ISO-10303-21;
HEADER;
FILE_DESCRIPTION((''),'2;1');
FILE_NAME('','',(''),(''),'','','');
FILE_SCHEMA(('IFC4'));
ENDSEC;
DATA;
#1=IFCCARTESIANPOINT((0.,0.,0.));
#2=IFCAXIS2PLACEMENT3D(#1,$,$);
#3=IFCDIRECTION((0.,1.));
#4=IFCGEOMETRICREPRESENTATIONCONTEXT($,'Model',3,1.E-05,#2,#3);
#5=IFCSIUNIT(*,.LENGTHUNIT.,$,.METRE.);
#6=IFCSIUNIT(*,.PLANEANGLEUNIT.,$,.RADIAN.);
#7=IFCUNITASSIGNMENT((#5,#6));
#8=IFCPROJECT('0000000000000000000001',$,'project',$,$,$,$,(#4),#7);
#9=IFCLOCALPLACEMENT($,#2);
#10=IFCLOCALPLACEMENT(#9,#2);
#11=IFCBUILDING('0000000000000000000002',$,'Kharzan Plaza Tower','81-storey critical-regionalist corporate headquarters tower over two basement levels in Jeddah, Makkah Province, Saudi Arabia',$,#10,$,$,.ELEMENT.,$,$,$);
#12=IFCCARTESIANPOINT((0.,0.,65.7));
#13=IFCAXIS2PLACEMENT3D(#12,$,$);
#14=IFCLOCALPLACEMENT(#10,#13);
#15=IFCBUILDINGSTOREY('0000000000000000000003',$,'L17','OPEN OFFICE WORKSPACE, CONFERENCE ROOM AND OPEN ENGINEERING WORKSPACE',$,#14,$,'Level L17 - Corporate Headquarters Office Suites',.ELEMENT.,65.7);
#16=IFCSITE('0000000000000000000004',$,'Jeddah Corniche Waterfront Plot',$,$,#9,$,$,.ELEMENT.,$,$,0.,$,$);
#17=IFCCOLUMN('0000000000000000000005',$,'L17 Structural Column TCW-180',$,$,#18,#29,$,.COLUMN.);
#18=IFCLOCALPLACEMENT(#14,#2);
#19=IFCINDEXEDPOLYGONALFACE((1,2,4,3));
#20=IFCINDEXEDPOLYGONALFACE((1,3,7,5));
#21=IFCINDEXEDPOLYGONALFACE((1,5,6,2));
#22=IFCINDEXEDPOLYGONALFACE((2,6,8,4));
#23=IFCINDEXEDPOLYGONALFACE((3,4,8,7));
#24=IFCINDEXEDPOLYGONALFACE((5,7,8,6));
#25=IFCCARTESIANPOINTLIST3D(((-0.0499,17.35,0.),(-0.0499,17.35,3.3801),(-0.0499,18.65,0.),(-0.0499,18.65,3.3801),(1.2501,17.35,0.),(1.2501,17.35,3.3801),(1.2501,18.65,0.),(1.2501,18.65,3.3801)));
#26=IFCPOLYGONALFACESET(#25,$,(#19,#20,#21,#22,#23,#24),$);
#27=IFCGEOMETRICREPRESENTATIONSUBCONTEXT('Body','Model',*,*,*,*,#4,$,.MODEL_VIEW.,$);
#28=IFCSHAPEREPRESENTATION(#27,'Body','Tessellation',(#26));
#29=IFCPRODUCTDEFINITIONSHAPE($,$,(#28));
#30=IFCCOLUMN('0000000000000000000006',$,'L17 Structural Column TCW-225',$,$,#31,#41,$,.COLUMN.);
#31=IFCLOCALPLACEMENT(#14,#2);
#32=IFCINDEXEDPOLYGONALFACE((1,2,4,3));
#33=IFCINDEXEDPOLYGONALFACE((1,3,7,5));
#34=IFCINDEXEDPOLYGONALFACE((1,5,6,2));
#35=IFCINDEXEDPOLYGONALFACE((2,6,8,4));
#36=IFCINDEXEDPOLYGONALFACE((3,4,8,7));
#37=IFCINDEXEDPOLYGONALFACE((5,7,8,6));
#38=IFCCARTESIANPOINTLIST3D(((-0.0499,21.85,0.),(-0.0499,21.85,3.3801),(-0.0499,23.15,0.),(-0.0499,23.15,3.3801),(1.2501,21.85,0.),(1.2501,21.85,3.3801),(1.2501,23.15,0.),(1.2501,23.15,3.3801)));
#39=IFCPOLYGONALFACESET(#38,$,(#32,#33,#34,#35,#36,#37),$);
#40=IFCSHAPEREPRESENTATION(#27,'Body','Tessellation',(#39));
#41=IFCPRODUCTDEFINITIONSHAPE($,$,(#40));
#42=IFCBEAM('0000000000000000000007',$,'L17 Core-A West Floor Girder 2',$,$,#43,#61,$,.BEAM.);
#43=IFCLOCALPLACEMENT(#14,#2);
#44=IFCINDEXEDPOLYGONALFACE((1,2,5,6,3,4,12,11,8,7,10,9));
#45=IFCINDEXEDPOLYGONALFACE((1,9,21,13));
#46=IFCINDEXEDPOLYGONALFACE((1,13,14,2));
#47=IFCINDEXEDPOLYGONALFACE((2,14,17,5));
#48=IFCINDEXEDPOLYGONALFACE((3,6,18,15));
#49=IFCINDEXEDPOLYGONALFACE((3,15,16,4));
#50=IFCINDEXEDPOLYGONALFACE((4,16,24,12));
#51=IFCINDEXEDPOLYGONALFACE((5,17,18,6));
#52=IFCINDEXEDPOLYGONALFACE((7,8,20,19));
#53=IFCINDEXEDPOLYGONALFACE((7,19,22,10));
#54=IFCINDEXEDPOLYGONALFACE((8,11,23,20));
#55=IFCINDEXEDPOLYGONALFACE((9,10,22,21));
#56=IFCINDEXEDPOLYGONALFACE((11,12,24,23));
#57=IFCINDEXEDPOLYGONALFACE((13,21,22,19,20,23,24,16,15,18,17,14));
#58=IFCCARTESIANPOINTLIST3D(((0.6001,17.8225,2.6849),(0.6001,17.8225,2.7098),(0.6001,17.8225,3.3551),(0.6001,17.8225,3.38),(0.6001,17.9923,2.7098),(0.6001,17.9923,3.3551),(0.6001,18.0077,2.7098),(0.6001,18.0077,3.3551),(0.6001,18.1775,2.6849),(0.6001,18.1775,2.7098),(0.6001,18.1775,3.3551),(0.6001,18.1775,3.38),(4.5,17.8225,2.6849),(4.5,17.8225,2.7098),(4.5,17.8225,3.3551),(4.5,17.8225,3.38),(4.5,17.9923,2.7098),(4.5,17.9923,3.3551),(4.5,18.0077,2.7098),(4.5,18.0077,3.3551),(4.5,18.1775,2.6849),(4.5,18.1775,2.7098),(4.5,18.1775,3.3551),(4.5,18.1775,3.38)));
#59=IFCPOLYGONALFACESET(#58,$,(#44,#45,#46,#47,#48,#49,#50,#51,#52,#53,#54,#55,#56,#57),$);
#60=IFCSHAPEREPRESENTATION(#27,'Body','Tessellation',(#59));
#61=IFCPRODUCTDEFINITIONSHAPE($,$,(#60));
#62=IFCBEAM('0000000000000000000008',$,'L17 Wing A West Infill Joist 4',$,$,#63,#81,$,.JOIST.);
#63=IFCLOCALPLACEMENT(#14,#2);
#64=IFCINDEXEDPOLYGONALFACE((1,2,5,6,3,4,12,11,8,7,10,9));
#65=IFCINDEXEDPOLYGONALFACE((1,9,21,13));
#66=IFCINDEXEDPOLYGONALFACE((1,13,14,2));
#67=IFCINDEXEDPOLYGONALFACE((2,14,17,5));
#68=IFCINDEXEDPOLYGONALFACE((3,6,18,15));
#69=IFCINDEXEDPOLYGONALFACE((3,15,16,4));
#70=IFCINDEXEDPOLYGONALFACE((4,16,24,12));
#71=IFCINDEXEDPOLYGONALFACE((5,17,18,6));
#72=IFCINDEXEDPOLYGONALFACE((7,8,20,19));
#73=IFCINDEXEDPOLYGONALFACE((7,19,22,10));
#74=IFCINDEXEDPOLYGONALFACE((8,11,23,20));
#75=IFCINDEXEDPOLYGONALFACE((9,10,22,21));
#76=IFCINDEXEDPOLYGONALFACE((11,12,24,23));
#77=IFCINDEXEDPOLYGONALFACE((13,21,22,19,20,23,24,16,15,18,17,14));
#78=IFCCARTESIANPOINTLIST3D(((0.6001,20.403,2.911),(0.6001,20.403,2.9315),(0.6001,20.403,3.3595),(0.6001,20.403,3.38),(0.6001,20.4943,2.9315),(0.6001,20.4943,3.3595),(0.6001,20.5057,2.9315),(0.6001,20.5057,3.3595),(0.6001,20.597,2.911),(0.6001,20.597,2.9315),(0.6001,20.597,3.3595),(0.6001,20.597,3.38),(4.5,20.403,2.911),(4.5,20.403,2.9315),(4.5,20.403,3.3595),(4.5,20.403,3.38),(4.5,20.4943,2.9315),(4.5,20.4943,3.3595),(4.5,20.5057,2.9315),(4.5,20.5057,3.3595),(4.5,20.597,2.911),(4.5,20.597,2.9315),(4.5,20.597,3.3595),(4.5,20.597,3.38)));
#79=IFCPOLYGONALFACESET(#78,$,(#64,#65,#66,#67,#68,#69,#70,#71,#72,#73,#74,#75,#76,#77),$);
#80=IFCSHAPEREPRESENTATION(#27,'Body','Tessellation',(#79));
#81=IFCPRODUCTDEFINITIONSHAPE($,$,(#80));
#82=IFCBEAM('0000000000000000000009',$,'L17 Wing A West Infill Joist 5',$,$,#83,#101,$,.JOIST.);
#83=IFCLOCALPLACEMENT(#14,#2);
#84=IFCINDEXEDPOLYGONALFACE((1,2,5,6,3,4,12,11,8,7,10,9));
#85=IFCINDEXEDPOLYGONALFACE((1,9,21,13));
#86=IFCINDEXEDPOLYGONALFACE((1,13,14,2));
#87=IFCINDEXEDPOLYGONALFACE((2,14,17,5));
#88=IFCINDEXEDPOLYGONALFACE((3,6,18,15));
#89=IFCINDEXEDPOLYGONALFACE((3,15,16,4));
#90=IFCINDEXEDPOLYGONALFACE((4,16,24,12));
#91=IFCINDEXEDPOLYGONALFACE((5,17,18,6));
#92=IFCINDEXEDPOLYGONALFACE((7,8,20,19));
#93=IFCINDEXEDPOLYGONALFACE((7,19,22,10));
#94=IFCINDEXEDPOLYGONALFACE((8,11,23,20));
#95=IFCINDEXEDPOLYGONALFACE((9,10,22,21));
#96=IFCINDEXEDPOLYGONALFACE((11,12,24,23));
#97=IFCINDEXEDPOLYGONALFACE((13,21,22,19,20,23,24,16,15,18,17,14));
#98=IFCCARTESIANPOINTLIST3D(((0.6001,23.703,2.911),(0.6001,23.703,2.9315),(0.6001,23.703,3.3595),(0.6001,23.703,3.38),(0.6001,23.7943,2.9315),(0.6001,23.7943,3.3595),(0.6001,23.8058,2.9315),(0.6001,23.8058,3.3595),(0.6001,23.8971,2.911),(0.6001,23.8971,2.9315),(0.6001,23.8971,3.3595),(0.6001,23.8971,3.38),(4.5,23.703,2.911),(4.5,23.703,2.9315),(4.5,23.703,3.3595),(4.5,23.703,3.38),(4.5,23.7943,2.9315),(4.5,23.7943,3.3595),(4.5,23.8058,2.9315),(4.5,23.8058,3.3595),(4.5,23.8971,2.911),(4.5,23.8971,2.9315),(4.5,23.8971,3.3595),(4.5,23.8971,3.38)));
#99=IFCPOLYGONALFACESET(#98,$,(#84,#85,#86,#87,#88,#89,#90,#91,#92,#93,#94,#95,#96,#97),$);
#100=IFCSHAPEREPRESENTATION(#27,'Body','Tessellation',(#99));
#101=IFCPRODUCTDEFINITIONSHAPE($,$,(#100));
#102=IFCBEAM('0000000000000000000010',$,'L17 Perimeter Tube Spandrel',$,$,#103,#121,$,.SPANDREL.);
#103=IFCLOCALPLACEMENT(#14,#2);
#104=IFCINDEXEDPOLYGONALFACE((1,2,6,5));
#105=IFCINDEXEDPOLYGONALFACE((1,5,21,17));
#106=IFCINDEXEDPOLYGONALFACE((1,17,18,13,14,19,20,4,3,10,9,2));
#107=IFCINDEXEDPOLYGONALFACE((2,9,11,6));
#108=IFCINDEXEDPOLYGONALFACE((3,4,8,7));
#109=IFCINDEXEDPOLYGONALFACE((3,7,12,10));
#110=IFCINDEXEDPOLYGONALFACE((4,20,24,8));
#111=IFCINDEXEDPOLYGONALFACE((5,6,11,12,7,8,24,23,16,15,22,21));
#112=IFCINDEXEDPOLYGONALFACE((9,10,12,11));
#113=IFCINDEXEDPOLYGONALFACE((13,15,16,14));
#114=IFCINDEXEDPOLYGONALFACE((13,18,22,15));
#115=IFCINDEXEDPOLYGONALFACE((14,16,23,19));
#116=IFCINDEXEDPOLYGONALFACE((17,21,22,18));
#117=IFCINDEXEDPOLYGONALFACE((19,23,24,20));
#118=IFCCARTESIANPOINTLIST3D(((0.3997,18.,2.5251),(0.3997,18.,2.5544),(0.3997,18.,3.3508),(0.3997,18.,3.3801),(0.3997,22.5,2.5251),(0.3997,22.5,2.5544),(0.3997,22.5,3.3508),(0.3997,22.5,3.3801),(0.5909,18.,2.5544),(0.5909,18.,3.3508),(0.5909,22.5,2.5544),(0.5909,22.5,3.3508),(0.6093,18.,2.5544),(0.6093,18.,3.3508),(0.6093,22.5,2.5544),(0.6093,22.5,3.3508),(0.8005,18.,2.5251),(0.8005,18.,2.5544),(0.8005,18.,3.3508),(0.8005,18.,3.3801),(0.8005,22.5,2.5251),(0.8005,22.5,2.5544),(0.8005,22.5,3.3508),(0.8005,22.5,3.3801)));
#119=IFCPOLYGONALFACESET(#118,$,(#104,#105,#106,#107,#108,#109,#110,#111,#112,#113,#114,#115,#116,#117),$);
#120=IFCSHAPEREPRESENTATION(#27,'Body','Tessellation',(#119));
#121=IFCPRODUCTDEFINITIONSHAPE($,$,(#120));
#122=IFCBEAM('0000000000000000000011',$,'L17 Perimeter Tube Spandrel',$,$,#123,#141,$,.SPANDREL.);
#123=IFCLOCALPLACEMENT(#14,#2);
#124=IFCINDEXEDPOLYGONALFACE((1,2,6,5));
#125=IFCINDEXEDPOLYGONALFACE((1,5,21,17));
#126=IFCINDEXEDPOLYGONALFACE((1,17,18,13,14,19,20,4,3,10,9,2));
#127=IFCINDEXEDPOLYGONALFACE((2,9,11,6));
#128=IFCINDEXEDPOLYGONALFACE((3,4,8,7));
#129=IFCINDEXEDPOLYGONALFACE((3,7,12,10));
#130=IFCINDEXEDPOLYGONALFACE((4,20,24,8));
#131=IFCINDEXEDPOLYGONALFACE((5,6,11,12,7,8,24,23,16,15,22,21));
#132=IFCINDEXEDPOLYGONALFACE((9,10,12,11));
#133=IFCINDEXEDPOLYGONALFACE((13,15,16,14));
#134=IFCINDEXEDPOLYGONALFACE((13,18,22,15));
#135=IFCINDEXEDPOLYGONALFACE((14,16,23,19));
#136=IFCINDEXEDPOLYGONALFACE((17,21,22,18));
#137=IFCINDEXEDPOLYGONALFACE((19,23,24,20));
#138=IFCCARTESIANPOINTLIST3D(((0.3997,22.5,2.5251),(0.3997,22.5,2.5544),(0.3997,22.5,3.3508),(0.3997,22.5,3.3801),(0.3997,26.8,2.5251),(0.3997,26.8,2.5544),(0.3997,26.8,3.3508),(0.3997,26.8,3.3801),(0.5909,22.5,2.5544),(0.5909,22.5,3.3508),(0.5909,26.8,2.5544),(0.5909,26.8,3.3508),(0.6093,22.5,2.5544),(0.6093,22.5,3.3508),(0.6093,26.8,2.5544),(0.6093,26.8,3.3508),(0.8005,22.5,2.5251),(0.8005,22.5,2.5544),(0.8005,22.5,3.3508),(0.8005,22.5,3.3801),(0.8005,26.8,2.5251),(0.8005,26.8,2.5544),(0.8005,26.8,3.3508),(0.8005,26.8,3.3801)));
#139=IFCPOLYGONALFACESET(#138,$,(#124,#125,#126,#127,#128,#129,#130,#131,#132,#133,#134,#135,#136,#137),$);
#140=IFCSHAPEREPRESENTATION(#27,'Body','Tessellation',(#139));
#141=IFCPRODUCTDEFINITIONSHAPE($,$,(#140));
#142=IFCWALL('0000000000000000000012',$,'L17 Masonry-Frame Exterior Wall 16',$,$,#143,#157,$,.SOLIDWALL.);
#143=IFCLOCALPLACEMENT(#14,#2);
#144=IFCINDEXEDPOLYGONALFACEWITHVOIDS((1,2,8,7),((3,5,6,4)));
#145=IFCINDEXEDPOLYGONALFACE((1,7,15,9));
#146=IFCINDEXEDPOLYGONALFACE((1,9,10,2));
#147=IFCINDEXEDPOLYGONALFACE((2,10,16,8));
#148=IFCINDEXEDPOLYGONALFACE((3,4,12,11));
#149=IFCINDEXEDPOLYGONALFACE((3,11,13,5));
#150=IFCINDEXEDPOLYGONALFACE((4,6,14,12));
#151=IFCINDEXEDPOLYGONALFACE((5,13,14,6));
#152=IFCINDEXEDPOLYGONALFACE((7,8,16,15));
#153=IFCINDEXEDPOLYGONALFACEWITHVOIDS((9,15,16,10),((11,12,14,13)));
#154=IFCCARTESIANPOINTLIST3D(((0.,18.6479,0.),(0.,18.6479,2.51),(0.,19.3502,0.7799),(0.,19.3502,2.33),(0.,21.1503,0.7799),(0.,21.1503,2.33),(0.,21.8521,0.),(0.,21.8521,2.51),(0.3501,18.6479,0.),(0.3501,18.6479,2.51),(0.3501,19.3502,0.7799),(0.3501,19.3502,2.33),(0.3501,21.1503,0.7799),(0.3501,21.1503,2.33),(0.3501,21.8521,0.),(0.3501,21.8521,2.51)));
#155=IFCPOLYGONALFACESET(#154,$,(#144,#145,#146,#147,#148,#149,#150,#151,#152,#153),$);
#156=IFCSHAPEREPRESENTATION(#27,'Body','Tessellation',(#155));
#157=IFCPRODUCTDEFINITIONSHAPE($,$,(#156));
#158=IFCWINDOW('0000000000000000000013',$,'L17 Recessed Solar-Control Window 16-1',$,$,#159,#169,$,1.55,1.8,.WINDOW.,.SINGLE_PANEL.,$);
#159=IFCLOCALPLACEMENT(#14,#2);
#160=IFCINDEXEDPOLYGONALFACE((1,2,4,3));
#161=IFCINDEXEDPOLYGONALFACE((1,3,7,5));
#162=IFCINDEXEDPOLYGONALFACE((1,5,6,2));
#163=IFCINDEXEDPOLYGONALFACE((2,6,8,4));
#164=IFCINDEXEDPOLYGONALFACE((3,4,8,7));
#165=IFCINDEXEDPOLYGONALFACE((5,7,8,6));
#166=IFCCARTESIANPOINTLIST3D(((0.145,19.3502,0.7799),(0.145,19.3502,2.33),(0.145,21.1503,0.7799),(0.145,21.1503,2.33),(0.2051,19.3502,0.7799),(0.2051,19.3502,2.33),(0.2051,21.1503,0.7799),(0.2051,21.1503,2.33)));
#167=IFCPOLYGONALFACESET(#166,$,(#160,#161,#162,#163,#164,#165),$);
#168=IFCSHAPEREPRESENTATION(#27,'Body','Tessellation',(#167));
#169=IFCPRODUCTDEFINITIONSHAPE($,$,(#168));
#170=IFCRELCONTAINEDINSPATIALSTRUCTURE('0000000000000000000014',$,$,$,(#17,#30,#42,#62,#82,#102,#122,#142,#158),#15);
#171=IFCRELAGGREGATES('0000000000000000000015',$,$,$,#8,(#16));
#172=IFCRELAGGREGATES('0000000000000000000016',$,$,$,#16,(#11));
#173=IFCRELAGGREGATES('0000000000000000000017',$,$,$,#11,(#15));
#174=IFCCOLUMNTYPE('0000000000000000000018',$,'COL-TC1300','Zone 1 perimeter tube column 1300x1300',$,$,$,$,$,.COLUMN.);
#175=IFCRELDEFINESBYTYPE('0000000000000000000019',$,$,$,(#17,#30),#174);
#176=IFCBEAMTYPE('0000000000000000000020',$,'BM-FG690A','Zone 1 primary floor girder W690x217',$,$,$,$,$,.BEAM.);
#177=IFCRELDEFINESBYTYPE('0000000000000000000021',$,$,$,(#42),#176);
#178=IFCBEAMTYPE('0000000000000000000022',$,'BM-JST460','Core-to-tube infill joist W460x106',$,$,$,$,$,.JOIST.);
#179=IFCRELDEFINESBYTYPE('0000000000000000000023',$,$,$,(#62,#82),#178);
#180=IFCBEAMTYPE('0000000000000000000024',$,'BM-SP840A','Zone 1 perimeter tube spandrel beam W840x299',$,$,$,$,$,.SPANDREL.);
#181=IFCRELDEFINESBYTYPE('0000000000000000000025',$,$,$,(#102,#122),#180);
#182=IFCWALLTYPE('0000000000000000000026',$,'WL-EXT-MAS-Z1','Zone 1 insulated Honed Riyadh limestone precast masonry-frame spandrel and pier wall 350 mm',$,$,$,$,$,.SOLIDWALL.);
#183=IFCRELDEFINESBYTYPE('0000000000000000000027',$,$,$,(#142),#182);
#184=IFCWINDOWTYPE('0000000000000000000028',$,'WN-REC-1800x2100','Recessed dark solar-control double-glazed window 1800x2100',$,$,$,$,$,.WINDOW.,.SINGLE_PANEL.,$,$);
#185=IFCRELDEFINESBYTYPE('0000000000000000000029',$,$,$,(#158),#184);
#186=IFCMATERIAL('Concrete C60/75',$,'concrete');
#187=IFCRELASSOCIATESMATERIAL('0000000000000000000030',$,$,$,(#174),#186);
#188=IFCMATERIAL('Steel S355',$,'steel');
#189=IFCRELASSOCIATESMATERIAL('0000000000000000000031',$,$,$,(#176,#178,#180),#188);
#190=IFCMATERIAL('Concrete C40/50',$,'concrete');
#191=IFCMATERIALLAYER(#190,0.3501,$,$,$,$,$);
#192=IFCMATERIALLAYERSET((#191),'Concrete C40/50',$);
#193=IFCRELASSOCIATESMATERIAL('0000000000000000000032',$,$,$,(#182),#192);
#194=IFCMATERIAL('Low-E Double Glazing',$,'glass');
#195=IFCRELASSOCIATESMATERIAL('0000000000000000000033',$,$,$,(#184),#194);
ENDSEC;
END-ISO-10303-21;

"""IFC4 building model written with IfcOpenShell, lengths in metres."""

from ifc_helpers import new_model, si_unit, direction, frame, frame_2d, origin, origin_2d, place, context, subcontext, project, spatial, rectangle, i_section, extrude, source, transform, mapped, material, layer, layer_set, material_profile, profile_set, type_object, element, fill, save


model = new_model("IFC4")

# Units and contexts
model_context = context("Model", 3, precision=1e-05, world=origin(), true_north=direction((0.0, 1.0)))
body_context = subcontext(model_context, "Body", "Model", "MODEL_VIEW")
ifc_project = project(units=[si_unit("LENGTHUNIT", "METRE"), si_unit("PLANEANGLEUNIT", "RADIAN")], contexts=[model_context])

# Site, building, storey
site_placement = place(None, origin())
site = spatial("IfcSite", under=ifc_project, at=site_placement, Name="Jeddah Corniche Waterfront Plot", CompositionType="ELEMENT", RefElevation=0.0)
building_placement = place(site_placement, origin())
building = spatial("IfcBuilding", under=site, at=building_placement, Name="Kharzan Plaza Tower", Description="81-storey critical-regionalist corporate headquarters tower over two basement levels in Jeddah, Makkah Province, Saudi Arabia", CompositionType="ELEMENT")
storey_placement = place(building_placement, frame((0.0, 0.0, 65.7)))
storey = spatial("IfcBuildingStorey", under=building, at=storey_placement, Name="L17", Description="OPEN OFFICE WORKSPACE, CONFERENCE ROOM AND OPEN ENGINEERING WORKSPACE", LongName="Level L17 - Corporate Headquarters Office Suites", CompositionType="ELEMENT", Elevation=65.7)

# Columns
ifc_material_1 = material(Name="Concrete C60/75", Category="concrete")
ifc_material_profile_1 = material_profile(ifc_material_1, rectangle(XDim=1.3, YDim=1.3, at=origin_2d()), Name="RC-TC1300x1300")
ifc_profile_set_1 = profile_set([ifc_material_profile_1], Name="Concrete C60/75")
column_type = type_object("IfcColumnType", Name="COL-TC1300", Description="Zone 1 perimeter tube column 1300x1300", PredefinedType="COLUMN", material=ifc_profile_set_1)
shared_shape_1 = source(origin(), body_context, "Body", "SweptSolid", [
    extrude(rectangle(XDim=1.3, YDim=1.3, at=origin_2d()), origin(), (0.0, 0.0, 1.0), 3.3801),
])
for number, where, z_axis, x_axis, name in (
    (1, (0.6001, 18.0, 0.0), (0.0, 0.0, 1.0), (1.0, 0.0, 0.0), "L17 Structural Column TCW-180"),
    (2, (0.6001, 22.5, 0.0), (0.0, 0.0, 1.0), (1.0, 0.0, 0.0), "L17 Structural Column TCW-225"),
):
    element("IfcColumn", number, at=place(storey_placement, frame(where, z_axis=z_axis, x_axis=x_axis)), inside=storey, type_object=column_type, Name=name, PredefinedType="COLUMN", context=body_context, shape_type="MappedRepresentation", body=[
        mapped(shared_shape_1, transform((0.0, 0.0, 0.0), x_axis=(1.0, 0.0, 0.0), y_axis=(0.0, 1.0, 0.0), z_axis=(0.0, 0.0, 1.0))),
    ])

# Beams
ifc_material_2 = material(Name="Steel S355", Category="steel")
ifc_material_profile_2 = material_profile(ifc_material_2, i_section(OverallWidth=0.355, OverallDepth=0.6951, WebThickness=0.0154, FlangeThickness=0.0249, at=origin_2d()), Name="W690x217")
ifc_profile_set_2 = profile_set([ifc_material_profile_2], Name="Steel S355")
beam_type_1 = type_object("IfcBeamType", Name="BM-FG690A", Description="Zone 1 primary floor girder W690x217", PredefinedType="BEAM", material=ifc_profile_set_2)
shared_shape_2 = source(origin(), body_context, "Body", "SweptSolid", [
    extrude(i_section(OverallWidth=0.355, OverallDepth=0.6951, WebThickness=0.0154, FlangeThickness=0.0249, at=origin_2d()), origin(), (0.0, 0.0, 1.0), 3.8999),
])
beam_1_placement = place(storey_placement, frame((0.6001, 18.0, 3.0325), z_axis=(1.0, 0.0, 0.0), x_axis=(0.0, 1.0, 0.0)))
element("IfcBeam", 3, at=beam_1_placement, inside=storey, type_object=beam_type_1, Name="L17 Core-A West Floor Girder 2", PredefinedType="BEAM", context=body_context, shape_type="MappedRepresentation", body=[
    mapped(shared_shape_2, transform((0.0, 0.0, 0.0), x_axis=(1.0, 0.0, 0.0), y_axis=(0.0, 1.0, 0.0), z_axis=(0.0, 0.0, 1.0))),
])
ifc_material_profile_3 = material_profile(ifc_material_2, i_section(OverallWidth=0.1941, OverallDepth=0.469, WebThickness=0.0115, FlangeThickness=0.0205, at=origin_2d()), Name="W460x106")
ifc_profile_set_3 = profile_set([ifc_material_profile_3], Name="Steel S355")
beam_type_2 = type_object("IfcBeamType", Name="BM-JST460", Description="Core-to-tube infill joist W460x106", PredefinedType="JOIST", material=ifc_profile_set_3)
shared_shape_3 = source(origin(), body_context, "Body", "SweptSolid", [
    extrude(i_section(OverallWidth=0.1941, OverallDepth=0.469, WebThickness=0.0115, FlangeThickness=0.0205, at=origin_2d()), origin(), (0.0, 0.0, 1.0), 3.8999),
])
for number, where, z_axis, x_axis, name in (
    (4, (0.6001, 20.5, 3.1455), (1.0, 0.0, 0.0), (0.0, 1.0, 0.0), "L17 Wing A West Infill Joist 4"),
    (5, (0.6001, 23.8, 3.1455), (1.0, 0.0, 0.0), (0.0, 1.0, 0.0), "L17 Wing A West Infill Joist 5"),
):
    element("IfcBeam", number, at=place(storey_placement, frame(where, z_axis=z_axis, x_axis=x_axis)), inside=storey, type_object=beam_type_2, Name=name, PredefinedType="JOIST", context=body_context, shape_type="MappedRepresentation", body=[
        mapped(shared_shape_3, transform((0.0, 0.0, 0.0), x_axis=(1.0, 0.0, 0.0), y_axis=(0.0, 1.0, 0.0), z_axis=(0.0, 0.0, 1.0))),
    ])
ifc_material_profile_4 = material_profile(ifc_material_2, i_section(OverallWidth=0.4009, OverallDepth=0.855, WebThickness=0.0183, FlangeThickness=0.0293, at=origin_2d()), Name="W840x299")
ifc_profile_set_4 = profile_set([ifc_material_profile_4], Name="Steel S355")
beam_type_3 = type_object("IfcBeamType", Name="BM-SP840A", Description="Zone 1 perimeter tube spandrel beam W840x299", PredefinedType="SPANDREL", material=ifc_profile_set_4)
shared_shape_4 = source(origin(), body_context, "Body", "SweptSolid", [
    extrude(i_section(OverallWidth=0.4009, OverallDepth=0.855, WebThickness=0.0183, FlangeThickness=0.0293, at=origin_2d()), origin(), (0.0, 0.0, 1.0), 4.5),
])
beam_2_placement = place(storey_placement, frame((0.6001, 18.0, 2.9526), z_axis=(0.0, 1.0, 0.0), x_axis=(-1.0, 0.0, 0.0)))
element("IfcBeam", 6, at=beam_2_placement, inside=storey, type_object=beam_type_3, Name="L17 Perimeter Tube Spandrel", PredefinedType="SPANDREL", context=body_context, shape_type="MappedRepresentation", body=[
    mapped(shared_shape_4, transform((0.0, 0.0, 0.0), x_axis=(1.0, 0.0, 0.0), y_axis=(0.0, 1.0, 0.0), z_axis=(0.0, 0.0, 1.0))),
])
shared_shape_5 = source(origin(), body_context, "Body", "SweptSolid", [
    extrude(i_section(OverallWidth=0.4009, OverallDepth=0.855, WebThickness=0.0183, FlangeThickness=0.0293, at=origin_2d()), origin(), (0.0, 0.0, 1.0), 4.3),
])
beam_3_placement = place(storey_placement, frame((0.6001, 22.5, 2.9526), z_axis=(0.0, 1.0, 0.0), x_axis=(-1.0, 0.0, 0.0)))
element("IfcBeam", 7, at=beam_3_placement, inside=storey, type_object=beam_type_3, Name="L17 Perimeter Tube Spandrel", PredefinedType="SPANDREL", context=body_context, shape_type="MappedRepresentation", body=[
    mapped(shared_shape_5, transform((0.0, 0.0, 0.0), x_axis=(1.0, 0.0, 0.0), y_axis=(0.0, 1.0, 0.0), z_axis=(0.0, 0.0, 1.0))),
])

# Wall, opening, window
ifc_material_3 = material(Name="Concrete C40/50", Category="concrete")
ifc_layer_1 = layer(ifc_material_3, 0.3501)
ifc_layer_set_1 = layer_set([ifc_layer_1], Name="Concrete C40/50")
wall_type_1 = type_object("IfcWallType", Name="WL-EXT-MAS-Z1", Description="Zone 1 insulated Honed Riyadh limestone precast masonry-frame spandrel and pier wall 350 mm", PredefinedType="SOLIDWALL", material=ifc_layer_set_1)
wall_1_placement = place(storey_placement, frame((0.175, 21.8521, 0.0), z_axis=(0.0, 0.0, 1.0), x_axis=(0.0, -1.0, 0.0)))
wall_1 = element("IfcWall", 8, at=wall_1_placement, inside=storey, type_object=wall_type_1, Name="L17 Masonry-Frame Exterior Wall 16", PredefinedType="SOLIDWALL", context=body_context, shape_type="SweptSolid", body=[
    extrude(rectangle(XDim=3.2041, YDim=0.3501, at=frame_2d((1.6021, 0.0))), origin(), (0.0, 0.0, 1.0), 2.51),
])
opening_1_placement = place(wall_1_placement, frame((0.7019, 0.0, 0.78)))
opening_1 = element("IfcOpeningElement", 9, at=opening_1_placement, cuts=wall_1, PredefinedType="OPENING", context=body_context, shape_type="SweptSolid", body=[
    extrude(rectangle(XDim=1.8, YDim=1.55, at=frame_2d((0.8999, 0.7749))), frame((0.0, 0.1851, 0.0), z_axis=(0.0, -1.0, 0.0), x_axis=(1.0, 0.0, 0.0)), (0.0, 0.0, 1.0), 0.3701),
])
ifc_material_4 = material(Name="Low-E Double Glazing", Category="glass")
window_type = type_object("IfcWindowType", Name="WN-REC-1800x2100", Description="Recessed dark solar-control double-glazed window 1800x2100", PartitioningType="SINGLE_PANEL", PredefinedType="WINDOW", material=ifc_material_4)
shared_shape_6 = source(origin(), body_context, "Body", "SweptSolid", [
    extrude(rectangle(XDim=1.8, YDim=1.55, at=frame_2d((0.8999, 0.7749))), frame((0.0, 0.03, 0.0), z_axis=(0.0, -1.0, 0.0), x_axis=(1.0, 0.0, 0.0)), (0.0, 0.0, 1.0), 0.0601),
])
window_placement = place(opening_1_placement, origin())
window = element("IfcWindow", 10, at=window_placement, inside=storey, type_object=window_type, Name="L17 Recessed Solar-Control Window 16-1", OverallHeight=1.55, OverallWidth=1.8, PartitioningType="SINGLE_PANEL", PredefinedType="WINDOW", context=body_context, shape_type="MappedRepresentation", body=[
    mapped(shared_shape_6, transform((0.0, 0.0, 0.0), x_axis=(1.0, 0.0, 0.0), y_axis=(0.0, 1.0, 0.0), z_axis=(0.0, 0.0, 1.0))),
])
fill(opening_1, window)

save(model, "model.ifc")
